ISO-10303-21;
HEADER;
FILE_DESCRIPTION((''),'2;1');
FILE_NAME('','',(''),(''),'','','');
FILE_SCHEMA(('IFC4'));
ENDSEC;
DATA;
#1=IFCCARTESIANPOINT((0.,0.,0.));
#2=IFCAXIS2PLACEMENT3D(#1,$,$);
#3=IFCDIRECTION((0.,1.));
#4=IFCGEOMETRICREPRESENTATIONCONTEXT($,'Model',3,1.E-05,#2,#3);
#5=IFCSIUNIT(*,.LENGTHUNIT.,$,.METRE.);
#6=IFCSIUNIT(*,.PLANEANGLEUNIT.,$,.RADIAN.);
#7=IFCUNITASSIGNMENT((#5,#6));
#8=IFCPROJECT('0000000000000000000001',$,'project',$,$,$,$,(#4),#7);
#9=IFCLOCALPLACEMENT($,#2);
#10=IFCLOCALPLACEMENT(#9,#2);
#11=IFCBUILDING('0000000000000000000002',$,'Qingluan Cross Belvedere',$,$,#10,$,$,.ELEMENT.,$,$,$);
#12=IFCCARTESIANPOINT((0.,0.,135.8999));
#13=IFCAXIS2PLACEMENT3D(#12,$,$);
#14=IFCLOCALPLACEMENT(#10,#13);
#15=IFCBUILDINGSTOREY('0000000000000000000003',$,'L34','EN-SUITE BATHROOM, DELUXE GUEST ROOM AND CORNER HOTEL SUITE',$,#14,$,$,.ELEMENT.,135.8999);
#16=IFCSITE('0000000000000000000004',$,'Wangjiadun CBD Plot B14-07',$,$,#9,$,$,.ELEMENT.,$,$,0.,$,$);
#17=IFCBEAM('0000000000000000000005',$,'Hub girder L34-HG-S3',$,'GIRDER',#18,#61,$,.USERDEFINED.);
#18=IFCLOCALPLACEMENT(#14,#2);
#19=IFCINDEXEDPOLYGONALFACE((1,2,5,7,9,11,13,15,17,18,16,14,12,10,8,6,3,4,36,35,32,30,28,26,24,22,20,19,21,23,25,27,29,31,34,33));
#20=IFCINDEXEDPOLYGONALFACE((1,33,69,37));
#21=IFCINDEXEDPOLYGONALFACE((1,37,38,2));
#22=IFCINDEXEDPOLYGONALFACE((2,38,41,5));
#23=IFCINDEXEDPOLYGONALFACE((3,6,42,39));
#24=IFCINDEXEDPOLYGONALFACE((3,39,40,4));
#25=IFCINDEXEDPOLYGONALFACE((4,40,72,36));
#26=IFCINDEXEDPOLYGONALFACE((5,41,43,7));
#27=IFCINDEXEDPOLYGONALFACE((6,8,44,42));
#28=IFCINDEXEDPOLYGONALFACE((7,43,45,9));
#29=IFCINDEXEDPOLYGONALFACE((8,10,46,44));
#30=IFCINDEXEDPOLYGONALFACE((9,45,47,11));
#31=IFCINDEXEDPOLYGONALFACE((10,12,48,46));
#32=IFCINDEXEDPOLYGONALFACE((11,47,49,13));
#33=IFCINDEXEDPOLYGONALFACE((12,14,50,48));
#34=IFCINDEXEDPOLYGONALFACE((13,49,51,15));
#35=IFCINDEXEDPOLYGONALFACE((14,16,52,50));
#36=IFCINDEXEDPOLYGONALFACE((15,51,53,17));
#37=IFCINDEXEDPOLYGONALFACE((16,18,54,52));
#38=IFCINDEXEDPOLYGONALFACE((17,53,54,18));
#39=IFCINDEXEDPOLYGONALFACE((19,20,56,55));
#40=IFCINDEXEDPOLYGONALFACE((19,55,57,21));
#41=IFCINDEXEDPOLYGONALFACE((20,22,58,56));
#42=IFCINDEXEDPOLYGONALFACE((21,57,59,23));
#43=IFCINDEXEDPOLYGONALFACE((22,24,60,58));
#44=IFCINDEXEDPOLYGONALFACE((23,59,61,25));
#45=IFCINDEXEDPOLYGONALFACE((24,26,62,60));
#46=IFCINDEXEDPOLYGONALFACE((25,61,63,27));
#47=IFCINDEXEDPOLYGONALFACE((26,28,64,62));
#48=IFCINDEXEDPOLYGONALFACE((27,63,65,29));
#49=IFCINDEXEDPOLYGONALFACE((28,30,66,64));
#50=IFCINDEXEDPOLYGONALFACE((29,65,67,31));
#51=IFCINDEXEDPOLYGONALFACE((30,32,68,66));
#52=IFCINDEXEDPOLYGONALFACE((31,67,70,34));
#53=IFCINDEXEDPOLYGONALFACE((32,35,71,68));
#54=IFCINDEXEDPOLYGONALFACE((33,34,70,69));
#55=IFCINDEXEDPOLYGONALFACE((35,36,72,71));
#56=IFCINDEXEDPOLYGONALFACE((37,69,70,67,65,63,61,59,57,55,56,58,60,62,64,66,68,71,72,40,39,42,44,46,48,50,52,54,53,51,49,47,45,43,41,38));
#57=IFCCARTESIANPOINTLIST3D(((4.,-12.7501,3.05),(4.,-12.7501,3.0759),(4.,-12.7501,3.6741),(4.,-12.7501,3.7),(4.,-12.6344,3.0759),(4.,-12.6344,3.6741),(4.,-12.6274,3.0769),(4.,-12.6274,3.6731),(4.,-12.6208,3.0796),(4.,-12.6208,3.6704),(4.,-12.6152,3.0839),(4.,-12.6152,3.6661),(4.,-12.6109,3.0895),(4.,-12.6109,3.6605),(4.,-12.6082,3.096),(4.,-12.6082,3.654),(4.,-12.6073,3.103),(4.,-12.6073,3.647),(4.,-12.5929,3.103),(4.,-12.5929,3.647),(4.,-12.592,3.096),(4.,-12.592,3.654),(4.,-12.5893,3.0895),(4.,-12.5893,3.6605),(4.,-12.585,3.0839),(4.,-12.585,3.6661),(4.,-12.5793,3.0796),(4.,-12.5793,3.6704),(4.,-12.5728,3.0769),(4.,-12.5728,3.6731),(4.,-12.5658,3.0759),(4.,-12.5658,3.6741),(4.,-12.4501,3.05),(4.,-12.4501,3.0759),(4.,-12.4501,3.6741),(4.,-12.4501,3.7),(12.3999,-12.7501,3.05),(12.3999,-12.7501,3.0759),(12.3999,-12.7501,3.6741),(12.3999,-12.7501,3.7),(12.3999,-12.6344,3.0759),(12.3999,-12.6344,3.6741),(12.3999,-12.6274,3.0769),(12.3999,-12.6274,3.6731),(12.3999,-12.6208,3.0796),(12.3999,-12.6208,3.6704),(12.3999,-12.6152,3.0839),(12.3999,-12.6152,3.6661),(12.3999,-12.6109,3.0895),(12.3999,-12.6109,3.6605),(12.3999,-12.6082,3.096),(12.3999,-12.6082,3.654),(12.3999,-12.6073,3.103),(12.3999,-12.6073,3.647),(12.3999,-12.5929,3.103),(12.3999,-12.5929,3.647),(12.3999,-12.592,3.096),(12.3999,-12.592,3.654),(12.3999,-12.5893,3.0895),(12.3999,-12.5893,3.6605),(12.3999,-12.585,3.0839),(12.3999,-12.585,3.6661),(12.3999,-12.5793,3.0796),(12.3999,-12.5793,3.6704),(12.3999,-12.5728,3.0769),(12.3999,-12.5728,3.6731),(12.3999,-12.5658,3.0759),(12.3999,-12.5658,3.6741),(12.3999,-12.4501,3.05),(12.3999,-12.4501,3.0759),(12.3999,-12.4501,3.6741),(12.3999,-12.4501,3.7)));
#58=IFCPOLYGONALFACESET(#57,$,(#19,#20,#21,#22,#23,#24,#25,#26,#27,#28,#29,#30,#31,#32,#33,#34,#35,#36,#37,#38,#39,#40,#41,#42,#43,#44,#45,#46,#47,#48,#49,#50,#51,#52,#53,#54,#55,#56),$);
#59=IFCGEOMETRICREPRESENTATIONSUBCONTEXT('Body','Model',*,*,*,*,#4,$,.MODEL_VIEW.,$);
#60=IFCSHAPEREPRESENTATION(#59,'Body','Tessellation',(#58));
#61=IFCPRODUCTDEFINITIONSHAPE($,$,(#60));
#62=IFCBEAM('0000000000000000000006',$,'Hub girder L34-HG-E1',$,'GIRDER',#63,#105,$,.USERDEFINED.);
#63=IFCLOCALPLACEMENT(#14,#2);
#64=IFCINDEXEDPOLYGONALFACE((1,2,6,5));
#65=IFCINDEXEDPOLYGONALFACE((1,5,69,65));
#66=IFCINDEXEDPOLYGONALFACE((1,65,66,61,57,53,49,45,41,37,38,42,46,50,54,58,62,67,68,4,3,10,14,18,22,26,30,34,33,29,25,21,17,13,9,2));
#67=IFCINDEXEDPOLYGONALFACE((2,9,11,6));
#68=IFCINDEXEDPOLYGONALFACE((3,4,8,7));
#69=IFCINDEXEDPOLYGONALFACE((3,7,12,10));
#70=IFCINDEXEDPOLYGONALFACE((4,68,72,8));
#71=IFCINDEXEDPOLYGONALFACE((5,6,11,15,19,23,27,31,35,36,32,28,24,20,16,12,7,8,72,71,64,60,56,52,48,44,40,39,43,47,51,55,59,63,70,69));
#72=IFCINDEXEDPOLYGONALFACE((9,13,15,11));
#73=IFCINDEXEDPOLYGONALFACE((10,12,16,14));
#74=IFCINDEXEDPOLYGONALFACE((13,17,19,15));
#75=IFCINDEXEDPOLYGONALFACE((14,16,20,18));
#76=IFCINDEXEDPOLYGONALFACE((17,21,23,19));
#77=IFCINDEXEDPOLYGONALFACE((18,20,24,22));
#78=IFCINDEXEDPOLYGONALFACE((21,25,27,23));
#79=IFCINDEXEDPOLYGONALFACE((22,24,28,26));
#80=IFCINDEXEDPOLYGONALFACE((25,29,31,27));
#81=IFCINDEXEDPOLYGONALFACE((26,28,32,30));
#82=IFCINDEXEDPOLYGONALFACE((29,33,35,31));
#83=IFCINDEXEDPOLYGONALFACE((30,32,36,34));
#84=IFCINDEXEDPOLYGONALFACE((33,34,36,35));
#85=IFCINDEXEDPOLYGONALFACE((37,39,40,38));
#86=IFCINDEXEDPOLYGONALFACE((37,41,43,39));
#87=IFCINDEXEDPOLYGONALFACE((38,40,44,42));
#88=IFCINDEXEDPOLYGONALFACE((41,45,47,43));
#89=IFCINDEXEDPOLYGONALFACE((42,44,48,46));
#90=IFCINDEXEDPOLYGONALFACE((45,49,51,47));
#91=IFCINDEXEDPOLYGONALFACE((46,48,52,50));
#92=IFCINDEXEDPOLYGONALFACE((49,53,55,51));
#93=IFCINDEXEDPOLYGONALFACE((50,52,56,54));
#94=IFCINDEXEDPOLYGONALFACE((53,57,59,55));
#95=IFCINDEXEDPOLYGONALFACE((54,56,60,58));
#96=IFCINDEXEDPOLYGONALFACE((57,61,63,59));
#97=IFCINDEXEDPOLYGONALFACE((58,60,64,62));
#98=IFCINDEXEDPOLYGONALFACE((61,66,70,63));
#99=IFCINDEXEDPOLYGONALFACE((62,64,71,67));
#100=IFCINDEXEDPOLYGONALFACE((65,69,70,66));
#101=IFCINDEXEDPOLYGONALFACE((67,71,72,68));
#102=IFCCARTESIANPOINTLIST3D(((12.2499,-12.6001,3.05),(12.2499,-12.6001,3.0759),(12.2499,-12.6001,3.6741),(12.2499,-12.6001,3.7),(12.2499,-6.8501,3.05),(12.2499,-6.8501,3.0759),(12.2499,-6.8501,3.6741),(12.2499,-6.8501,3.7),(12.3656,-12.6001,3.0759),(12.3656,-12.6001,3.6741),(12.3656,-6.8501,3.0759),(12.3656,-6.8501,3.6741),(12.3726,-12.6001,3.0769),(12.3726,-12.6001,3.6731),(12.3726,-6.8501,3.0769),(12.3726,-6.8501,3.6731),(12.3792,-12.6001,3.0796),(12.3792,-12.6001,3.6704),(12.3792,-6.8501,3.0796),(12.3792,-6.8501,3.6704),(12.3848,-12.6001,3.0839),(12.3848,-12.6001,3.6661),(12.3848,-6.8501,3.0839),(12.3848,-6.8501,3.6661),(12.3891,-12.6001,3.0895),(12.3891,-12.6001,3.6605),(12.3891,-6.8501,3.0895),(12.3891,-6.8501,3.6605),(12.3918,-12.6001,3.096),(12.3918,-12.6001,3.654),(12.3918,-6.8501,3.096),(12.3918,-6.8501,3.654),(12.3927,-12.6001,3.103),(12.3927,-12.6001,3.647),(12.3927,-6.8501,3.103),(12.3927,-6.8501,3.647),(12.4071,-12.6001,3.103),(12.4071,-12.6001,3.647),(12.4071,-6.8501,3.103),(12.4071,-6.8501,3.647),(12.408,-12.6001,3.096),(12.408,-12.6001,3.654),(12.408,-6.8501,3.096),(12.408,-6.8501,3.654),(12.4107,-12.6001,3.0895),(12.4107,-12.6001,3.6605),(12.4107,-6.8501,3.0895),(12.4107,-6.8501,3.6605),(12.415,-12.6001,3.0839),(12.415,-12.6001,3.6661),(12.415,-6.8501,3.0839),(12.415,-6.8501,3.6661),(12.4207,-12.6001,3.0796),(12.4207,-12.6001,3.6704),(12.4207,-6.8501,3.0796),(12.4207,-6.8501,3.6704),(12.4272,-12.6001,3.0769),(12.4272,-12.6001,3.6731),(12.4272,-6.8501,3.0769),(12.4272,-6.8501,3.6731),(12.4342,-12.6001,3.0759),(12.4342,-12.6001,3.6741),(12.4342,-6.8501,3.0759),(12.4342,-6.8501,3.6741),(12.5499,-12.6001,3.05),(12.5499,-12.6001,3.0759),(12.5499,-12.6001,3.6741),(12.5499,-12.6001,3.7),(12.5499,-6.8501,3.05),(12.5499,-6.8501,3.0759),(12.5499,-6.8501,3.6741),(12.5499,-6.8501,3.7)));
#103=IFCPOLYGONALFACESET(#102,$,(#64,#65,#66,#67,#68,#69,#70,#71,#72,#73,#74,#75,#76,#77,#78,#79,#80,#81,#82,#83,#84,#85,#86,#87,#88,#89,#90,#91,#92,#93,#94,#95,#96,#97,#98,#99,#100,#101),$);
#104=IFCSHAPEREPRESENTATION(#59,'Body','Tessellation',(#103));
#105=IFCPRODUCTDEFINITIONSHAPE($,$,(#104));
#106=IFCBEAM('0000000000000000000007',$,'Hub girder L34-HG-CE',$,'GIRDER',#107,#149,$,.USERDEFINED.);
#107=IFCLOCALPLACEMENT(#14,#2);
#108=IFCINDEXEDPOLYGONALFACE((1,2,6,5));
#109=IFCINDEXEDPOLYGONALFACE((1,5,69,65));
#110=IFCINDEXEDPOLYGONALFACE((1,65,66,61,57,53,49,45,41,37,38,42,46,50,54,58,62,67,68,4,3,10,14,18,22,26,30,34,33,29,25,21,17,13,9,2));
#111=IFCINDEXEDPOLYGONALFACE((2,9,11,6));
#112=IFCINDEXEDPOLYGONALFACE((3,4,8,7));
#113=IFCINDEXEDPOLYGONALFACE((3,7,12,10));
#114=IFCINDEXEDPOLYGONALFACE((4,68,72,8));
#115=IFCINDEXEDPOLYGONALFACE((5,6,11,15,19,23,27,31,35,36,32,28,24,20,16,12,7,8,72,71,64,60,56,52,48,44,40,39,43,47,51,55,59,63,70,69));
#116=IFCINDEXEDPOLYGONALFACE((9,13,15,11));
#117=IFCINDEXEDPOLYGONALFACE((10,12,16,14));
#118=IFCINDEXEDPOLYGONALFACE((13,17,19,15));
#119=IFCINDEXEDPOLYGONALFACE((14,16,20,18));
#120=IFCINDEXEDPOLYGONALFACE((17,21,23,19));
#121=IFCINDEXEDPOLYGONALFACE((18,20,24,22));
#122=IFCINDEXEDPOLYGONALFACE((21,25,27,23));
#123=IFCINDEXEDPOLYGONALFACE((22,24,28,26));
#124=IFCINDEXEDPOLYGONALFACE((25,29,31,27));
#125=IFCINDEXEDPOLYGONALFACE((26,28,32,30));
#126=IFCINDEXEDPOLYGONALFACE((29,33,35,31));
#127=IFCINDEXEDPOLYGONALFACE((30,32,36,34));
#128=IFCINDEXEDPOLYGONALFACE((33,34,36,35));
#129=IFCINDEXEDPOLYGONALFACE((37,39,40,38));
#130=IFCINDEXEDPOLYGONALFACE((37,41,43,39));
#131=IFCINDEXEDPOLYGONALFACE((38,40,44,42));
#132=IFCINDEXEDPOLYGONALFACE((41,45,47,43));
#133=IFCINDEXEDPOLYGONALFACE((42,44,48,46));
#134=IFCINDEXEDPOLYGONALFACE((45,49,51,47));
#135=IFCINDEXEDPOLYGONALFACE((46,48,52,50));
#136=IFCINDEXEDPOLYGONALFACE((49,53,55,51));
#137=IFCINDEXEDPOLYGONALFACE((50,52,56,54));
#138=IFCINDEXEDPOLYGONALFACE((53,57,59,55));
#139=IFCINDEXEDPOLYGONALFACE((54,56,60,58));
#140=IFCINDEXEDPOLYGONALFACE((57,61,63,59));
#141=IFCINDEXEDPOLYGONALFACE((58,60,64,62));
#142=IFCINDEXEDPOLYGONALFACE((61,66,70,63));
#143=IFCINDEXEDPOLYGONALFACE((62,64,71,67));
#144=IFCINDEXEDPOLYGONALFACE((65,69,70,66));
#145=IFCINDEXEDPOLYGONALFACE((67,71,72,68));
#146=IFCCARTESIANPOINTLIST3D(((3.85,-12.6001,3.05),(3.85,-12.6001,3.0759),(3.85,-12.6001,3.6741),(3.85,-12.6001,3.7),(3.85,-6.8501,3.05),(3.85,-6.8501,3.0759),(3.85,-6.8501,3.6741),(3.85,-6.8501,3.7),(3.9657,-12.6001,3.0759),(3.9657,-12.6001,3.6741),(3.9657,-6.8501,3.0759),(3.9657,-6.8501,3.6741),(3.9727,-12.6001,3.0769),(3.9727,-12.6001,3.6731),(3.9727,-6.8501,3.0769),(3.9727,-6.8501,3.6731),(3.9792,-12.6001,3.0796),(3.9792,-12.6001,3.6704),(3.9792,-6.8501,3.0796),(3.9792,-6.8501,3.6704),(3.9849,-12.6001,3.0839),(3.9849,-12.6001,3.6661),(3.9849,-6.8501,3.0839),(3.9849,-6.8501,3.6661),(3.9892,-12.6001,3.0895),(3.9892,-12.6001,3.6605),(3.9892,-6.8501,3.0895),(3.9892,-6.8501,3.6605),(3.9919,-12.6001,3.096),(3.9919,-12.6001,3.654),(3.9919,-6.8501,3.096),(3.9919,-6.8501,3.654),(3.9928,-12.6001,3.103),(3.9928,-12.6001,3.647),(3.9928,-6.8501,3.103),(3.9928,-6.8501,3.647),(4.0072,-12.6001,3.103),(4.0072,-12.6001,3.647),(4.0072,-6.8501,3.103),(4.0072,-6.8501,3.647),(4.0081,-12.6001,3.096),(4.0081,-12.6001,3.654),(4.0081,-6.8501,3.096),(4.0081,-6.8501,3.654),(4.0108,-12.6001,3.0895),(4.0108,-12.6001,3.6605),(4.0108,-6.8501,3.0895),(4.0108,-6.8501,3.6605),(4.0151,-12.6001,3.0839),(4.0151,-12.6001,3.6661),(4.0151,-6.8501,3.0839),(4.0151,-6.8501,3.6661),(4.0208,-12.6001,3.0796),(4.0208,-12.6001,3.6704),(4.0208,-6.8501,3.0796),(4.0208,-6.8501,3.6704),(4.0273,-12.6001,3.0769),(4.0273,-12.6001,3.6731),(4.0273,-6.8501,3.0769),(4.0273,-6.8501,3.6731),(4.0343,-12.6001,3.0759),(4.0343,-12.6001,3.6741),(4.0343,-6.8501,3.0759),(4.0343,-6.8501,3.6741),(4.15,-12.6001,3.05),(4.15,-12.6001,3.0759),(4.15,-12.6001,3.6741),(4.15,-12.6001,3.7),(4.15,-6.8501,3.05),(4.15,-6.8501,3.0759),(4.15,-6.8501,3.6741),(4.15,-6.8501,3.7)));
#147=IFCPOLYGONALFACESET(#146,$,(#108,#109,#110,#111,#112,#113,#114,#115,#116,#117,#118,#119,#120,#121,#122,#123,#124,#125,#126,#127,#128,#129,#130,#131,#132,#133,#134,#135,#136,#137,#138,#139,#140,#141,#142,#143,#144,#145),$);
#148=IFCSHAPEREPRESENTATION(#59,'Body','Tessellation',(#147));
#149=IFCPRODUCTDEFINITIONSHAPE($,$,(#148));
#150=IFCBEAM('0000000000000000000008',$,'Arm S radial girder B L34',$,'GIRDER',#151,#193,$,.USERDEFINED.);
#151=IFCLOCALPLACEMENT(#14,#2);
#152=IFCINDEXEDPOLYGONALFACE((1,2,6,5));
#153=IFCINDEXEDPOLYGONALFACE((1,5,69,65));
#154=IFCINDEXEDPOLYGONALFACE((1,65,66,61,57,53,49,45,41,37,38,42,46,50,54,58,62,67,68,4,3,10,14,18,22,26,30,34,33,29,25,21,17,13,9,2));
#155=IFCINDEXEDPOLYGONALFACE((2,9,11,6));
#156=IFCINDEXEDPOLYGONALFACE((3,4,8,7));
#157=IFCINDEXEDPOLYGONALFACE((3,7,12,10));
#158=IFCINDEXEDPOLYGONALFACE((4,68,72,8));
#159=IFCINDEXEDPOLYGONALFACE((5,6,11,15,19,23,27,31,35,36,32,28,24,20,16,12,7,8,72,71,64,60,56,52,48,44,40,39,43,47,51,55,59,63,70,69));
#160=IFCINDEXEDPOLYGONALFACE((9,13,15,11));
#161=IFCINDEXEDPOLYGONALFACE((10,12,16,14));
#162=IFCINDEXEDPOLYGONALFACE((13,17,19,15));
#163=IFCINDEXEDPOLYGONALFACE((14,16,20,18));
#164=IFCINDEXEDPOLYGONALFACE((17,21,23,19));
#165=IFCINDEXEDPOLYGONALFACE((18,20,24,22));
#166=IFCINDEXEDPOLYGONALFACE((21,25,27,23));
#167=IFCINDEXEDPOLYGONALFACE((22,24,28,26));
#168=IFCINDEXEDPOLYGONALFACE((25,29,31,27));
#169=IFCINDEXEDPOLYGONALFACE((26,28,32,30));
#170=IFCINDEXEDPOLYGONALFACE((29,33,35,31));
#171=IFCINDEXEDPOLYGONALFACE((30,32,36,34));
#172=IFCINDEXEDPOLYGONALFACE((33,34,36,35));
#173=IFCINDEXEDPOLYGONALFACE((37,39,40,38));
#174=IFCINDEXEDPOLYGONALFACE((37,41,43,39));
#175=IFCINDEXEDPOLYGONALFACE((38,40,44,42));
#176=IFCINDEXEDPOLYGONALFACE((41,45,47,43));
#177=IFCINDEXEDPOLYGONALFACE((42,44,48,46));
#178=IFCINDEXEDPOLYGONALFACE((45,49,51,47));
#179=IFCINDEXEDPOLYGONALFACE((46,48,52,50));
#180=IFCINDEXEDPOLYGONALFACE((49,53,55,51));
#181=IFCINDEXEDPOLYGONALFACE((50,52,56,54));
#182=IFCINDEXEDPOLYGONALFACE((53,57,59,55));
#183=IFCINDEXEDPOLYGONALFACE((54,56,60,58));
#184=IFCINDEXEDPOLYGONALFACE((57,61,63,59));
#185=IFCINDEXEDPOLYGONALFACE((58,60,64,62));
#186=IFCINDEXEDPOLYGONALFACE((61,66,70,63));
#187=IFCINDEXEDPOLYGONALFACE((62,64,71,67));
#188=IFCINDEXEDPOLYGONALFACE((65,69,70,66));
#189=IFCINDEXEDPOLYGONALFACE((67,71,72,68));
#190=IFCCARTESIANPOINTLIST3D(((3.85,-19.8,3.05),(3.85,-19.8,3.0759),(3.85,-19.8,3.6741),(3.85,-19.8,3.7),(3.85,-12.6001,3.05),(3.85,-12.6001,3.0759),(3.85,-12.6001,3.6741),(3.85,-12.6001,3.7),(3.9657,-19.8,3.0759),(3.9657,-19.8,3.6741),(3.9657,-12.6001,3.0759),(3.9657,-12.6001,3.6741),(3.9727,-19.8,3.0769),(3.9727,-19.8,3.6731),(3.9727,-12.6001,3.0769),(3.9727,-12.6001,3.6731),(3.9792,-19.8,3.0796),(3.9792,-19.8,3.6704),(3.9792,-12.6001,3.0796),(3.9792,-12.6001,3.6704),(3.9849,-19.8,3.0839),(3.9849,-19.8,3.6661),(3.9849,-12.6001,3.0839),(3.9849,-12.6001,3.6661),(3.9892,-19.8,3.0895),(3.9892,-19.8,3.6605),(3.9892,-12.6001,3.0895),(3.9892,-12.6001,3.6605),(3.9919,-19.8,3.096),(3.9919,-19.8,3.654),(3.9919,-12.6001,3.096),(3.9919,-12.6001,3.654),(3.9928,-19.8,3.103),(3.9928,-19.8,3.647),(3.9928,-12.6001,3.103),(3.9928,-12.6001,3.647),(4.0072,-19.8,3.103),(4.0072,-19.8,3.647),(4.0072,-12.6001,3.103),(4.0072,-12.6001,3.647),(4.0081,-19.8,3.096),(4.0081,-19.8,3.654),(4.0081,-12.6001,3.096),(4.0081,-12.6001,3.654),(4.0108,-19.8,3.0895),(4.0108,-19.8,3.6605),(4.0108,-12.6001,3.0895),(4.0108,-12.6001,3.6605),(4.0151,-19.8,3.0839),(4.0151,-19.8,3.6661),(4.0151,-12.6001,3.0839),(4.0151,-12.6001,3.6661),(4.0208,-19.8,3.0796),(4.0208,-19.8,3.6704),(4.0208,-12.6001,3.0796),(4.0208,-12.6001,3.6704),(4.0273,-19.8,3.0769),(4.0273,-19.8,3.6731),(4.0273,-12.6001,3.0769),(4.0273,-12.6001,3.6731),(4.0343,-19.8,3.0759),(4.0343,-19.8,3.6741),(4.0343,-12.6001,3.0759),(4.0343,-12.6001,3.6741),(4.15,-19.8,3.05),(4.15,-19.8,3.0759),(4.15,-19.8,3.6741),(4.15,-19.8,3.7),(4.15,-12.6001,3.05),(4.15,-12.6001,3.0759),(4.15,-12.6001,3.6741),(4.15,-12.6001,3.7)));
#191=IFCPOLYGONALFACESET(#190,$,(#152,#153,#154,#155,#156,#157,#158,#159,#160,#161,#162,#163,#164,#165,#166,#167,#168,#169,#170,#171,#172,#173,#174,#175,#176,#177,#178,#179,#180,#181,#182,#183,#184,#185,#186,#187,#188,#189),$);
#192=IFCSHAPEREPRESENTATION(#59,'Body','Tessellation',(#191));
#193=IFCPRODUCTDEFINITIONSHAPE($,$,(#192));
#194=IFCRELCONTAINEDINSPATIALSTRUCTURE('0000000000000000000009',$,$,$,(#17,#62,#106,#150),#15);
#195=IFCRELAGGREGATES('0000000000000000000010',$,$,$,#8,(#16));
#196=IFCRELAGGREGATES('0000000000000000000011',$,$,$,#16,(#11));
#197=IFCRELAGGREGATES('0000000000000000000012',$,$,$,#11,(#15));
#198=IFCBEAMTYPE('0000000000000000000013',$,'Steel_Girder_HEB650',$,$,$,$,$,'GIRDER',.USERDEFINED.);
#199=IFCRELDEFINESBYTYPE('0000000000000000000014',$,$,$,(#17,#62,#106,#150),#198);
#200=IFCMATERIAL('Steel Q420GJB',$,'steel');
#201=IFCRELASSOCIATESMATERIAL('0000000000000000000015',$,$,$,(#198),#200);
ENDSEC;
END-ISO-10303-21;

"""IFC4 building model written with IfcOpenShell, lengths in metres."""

from ifc_helpers import new_model, si_unit, direction, frame, origin, origin_2d, place, context, subcontext, project, spatial, i_section, extrude, material, material_profile, profile_set, type_object, element, save


model = new_model("IFC4")

# Units and contexts
model_context = context("Model", 3, precision=1e-05, world=origin(), true_north=direction((0.0, 1.0)))
body_context = subcontext(model_context, "Body", "Model", "MODEL_VIEW")
ifc_project = project(units=[si_unit("LENGTHUNIT", "METRE"), si_unit("PLANEANGLEUNIT", "RADIAN")], contexts=[model_context])

# Site, building, storey
site_placement = place(None, origin())
site = spatial("IfcSite", under=ifc_project, at=site_placement, Name="Wangjiadun CBD Plot B14-07", CompositionType="ELEMENT", RefElevation=0.0)
building_placement = place(site_placement, origin())
building = spatial("IfcBuilding", under=site, at=building_placement, Name="Qingluan Cross Belvedere", CompositionType="ELEMENT")
storey_placement = place(building_placement, frame((0.0, 0.0, 135.8999)))
storey = spatial("IfcBuildingStorey", under=building, at=storey_placement, Name="L34", Description="EN-SUITE BATHROOM, DELUXE GUEST ROOM AND CORNER HOTEL SUITE", CompositionType="ELEMENT", Elevation=135.8999)

# Beams
ifc_material_1 = material(Name="Steel Q420GJB", Category="steel")
ifc_material_profile_1 = material_profile(ifc_material_1, i_section(OverallWidth=0.3, OverallDepth=0.6499, WebThickness=0.0144, FlangeThickness=0.0259, FilletRadius=0.0271, at=origin_2d()), Name="HEB650")
ifc_profile_set_1 = profile_set([ifc_material_profile_1], Name="Steel Q420GJB")
beam_type_1 = type_object("IfcBeamType", Name="Steel_Girder_HEB650", ElementType="GIRDER", PredefinedType="USERDEFINED", material=ifc_profile_set_1)
beam_1_placement = place(storey_placement, frame((4.0, -12.6001, 3.375), z_axis=(1.0, 0.0, 0.0), x_axis=(0.0, 1.0, 0.0)))
element("IfcBeam", 1, at=beam_1_placement, inside=storey, type_object=beam_type_1, Name="Hub girder L34-HG-S3", ObjectType="GIRDER", PredefinedType="USERDEFINED", context=body_context, shape_type="SweptSolid", body=[
    extrude(i_section(OverallWidth=0.3, OverallDepth=0.6499, WebThickness=0.0144, FlangeThickness=0.0259, FilletRadius=0.0271, at=origin_2d()), origin(), (0.0, 0.0, 1.0), 8.3999),
])
for number, where, z_axis, x_axis, name in (
    (2, (12.3999, -12.6001, 3.375), (0.0, 1.0, 0.0), (-1.0, 0.0, 0.0), "Hub girder L34-HG-E1"),
    (3, (4.0, -12.6001, 3.375), (0.0, 1.0, 0.0), (-1.0, 0.0, 0.0), "Hub girder L34-HG-CE"),
):
    element("IfcBeam", number, at=place(storey_placement, frame(where, z_axis=z_axis, x_axis=x_axis)), inside=storey, type_object=beam_type_1, Name=name, ObjectType="GIRDER", PredefinedType="USERDEFINED", context=body_context, shape_type="SweptSolid", body=[
        extrude(i_section(OverallWidth=0.3, OverallDepth=0.6499, WebThickness=0.0144, FlangeThickness=0.0259, FilletRadius=0.0271, at=origin_2d()), origin(), (0.0, 0.0, 1.0), 5.75),
    ])
beam_2_placement = place(storey_placement, frame((4.0, -12.6001, 3.375), z_axis=(0.0, -1.0, 0.0), x_axis=(1.0, 0.0, 0.0)))
element("IfcBeam", 4, at=beam_2_placement, inside=storey, type_object=beam_type_1, Name="Arm S radial girder B L34", ObjectType="GIRDER", PredefinedType="USERDEFINED", context=body_context, shape_type="SweptSolid", body=[
    extrude(i_section(OverallWidth=0.3, OverallDepth=0.6499, WebThickness=0.0144, FlangeThickness=0.0259, FilletRadius=0.0271, at=origin_2d()), origin(), (0.0, 0.0, 1.0), 7.2),
])

save(model, "model.ifc")
